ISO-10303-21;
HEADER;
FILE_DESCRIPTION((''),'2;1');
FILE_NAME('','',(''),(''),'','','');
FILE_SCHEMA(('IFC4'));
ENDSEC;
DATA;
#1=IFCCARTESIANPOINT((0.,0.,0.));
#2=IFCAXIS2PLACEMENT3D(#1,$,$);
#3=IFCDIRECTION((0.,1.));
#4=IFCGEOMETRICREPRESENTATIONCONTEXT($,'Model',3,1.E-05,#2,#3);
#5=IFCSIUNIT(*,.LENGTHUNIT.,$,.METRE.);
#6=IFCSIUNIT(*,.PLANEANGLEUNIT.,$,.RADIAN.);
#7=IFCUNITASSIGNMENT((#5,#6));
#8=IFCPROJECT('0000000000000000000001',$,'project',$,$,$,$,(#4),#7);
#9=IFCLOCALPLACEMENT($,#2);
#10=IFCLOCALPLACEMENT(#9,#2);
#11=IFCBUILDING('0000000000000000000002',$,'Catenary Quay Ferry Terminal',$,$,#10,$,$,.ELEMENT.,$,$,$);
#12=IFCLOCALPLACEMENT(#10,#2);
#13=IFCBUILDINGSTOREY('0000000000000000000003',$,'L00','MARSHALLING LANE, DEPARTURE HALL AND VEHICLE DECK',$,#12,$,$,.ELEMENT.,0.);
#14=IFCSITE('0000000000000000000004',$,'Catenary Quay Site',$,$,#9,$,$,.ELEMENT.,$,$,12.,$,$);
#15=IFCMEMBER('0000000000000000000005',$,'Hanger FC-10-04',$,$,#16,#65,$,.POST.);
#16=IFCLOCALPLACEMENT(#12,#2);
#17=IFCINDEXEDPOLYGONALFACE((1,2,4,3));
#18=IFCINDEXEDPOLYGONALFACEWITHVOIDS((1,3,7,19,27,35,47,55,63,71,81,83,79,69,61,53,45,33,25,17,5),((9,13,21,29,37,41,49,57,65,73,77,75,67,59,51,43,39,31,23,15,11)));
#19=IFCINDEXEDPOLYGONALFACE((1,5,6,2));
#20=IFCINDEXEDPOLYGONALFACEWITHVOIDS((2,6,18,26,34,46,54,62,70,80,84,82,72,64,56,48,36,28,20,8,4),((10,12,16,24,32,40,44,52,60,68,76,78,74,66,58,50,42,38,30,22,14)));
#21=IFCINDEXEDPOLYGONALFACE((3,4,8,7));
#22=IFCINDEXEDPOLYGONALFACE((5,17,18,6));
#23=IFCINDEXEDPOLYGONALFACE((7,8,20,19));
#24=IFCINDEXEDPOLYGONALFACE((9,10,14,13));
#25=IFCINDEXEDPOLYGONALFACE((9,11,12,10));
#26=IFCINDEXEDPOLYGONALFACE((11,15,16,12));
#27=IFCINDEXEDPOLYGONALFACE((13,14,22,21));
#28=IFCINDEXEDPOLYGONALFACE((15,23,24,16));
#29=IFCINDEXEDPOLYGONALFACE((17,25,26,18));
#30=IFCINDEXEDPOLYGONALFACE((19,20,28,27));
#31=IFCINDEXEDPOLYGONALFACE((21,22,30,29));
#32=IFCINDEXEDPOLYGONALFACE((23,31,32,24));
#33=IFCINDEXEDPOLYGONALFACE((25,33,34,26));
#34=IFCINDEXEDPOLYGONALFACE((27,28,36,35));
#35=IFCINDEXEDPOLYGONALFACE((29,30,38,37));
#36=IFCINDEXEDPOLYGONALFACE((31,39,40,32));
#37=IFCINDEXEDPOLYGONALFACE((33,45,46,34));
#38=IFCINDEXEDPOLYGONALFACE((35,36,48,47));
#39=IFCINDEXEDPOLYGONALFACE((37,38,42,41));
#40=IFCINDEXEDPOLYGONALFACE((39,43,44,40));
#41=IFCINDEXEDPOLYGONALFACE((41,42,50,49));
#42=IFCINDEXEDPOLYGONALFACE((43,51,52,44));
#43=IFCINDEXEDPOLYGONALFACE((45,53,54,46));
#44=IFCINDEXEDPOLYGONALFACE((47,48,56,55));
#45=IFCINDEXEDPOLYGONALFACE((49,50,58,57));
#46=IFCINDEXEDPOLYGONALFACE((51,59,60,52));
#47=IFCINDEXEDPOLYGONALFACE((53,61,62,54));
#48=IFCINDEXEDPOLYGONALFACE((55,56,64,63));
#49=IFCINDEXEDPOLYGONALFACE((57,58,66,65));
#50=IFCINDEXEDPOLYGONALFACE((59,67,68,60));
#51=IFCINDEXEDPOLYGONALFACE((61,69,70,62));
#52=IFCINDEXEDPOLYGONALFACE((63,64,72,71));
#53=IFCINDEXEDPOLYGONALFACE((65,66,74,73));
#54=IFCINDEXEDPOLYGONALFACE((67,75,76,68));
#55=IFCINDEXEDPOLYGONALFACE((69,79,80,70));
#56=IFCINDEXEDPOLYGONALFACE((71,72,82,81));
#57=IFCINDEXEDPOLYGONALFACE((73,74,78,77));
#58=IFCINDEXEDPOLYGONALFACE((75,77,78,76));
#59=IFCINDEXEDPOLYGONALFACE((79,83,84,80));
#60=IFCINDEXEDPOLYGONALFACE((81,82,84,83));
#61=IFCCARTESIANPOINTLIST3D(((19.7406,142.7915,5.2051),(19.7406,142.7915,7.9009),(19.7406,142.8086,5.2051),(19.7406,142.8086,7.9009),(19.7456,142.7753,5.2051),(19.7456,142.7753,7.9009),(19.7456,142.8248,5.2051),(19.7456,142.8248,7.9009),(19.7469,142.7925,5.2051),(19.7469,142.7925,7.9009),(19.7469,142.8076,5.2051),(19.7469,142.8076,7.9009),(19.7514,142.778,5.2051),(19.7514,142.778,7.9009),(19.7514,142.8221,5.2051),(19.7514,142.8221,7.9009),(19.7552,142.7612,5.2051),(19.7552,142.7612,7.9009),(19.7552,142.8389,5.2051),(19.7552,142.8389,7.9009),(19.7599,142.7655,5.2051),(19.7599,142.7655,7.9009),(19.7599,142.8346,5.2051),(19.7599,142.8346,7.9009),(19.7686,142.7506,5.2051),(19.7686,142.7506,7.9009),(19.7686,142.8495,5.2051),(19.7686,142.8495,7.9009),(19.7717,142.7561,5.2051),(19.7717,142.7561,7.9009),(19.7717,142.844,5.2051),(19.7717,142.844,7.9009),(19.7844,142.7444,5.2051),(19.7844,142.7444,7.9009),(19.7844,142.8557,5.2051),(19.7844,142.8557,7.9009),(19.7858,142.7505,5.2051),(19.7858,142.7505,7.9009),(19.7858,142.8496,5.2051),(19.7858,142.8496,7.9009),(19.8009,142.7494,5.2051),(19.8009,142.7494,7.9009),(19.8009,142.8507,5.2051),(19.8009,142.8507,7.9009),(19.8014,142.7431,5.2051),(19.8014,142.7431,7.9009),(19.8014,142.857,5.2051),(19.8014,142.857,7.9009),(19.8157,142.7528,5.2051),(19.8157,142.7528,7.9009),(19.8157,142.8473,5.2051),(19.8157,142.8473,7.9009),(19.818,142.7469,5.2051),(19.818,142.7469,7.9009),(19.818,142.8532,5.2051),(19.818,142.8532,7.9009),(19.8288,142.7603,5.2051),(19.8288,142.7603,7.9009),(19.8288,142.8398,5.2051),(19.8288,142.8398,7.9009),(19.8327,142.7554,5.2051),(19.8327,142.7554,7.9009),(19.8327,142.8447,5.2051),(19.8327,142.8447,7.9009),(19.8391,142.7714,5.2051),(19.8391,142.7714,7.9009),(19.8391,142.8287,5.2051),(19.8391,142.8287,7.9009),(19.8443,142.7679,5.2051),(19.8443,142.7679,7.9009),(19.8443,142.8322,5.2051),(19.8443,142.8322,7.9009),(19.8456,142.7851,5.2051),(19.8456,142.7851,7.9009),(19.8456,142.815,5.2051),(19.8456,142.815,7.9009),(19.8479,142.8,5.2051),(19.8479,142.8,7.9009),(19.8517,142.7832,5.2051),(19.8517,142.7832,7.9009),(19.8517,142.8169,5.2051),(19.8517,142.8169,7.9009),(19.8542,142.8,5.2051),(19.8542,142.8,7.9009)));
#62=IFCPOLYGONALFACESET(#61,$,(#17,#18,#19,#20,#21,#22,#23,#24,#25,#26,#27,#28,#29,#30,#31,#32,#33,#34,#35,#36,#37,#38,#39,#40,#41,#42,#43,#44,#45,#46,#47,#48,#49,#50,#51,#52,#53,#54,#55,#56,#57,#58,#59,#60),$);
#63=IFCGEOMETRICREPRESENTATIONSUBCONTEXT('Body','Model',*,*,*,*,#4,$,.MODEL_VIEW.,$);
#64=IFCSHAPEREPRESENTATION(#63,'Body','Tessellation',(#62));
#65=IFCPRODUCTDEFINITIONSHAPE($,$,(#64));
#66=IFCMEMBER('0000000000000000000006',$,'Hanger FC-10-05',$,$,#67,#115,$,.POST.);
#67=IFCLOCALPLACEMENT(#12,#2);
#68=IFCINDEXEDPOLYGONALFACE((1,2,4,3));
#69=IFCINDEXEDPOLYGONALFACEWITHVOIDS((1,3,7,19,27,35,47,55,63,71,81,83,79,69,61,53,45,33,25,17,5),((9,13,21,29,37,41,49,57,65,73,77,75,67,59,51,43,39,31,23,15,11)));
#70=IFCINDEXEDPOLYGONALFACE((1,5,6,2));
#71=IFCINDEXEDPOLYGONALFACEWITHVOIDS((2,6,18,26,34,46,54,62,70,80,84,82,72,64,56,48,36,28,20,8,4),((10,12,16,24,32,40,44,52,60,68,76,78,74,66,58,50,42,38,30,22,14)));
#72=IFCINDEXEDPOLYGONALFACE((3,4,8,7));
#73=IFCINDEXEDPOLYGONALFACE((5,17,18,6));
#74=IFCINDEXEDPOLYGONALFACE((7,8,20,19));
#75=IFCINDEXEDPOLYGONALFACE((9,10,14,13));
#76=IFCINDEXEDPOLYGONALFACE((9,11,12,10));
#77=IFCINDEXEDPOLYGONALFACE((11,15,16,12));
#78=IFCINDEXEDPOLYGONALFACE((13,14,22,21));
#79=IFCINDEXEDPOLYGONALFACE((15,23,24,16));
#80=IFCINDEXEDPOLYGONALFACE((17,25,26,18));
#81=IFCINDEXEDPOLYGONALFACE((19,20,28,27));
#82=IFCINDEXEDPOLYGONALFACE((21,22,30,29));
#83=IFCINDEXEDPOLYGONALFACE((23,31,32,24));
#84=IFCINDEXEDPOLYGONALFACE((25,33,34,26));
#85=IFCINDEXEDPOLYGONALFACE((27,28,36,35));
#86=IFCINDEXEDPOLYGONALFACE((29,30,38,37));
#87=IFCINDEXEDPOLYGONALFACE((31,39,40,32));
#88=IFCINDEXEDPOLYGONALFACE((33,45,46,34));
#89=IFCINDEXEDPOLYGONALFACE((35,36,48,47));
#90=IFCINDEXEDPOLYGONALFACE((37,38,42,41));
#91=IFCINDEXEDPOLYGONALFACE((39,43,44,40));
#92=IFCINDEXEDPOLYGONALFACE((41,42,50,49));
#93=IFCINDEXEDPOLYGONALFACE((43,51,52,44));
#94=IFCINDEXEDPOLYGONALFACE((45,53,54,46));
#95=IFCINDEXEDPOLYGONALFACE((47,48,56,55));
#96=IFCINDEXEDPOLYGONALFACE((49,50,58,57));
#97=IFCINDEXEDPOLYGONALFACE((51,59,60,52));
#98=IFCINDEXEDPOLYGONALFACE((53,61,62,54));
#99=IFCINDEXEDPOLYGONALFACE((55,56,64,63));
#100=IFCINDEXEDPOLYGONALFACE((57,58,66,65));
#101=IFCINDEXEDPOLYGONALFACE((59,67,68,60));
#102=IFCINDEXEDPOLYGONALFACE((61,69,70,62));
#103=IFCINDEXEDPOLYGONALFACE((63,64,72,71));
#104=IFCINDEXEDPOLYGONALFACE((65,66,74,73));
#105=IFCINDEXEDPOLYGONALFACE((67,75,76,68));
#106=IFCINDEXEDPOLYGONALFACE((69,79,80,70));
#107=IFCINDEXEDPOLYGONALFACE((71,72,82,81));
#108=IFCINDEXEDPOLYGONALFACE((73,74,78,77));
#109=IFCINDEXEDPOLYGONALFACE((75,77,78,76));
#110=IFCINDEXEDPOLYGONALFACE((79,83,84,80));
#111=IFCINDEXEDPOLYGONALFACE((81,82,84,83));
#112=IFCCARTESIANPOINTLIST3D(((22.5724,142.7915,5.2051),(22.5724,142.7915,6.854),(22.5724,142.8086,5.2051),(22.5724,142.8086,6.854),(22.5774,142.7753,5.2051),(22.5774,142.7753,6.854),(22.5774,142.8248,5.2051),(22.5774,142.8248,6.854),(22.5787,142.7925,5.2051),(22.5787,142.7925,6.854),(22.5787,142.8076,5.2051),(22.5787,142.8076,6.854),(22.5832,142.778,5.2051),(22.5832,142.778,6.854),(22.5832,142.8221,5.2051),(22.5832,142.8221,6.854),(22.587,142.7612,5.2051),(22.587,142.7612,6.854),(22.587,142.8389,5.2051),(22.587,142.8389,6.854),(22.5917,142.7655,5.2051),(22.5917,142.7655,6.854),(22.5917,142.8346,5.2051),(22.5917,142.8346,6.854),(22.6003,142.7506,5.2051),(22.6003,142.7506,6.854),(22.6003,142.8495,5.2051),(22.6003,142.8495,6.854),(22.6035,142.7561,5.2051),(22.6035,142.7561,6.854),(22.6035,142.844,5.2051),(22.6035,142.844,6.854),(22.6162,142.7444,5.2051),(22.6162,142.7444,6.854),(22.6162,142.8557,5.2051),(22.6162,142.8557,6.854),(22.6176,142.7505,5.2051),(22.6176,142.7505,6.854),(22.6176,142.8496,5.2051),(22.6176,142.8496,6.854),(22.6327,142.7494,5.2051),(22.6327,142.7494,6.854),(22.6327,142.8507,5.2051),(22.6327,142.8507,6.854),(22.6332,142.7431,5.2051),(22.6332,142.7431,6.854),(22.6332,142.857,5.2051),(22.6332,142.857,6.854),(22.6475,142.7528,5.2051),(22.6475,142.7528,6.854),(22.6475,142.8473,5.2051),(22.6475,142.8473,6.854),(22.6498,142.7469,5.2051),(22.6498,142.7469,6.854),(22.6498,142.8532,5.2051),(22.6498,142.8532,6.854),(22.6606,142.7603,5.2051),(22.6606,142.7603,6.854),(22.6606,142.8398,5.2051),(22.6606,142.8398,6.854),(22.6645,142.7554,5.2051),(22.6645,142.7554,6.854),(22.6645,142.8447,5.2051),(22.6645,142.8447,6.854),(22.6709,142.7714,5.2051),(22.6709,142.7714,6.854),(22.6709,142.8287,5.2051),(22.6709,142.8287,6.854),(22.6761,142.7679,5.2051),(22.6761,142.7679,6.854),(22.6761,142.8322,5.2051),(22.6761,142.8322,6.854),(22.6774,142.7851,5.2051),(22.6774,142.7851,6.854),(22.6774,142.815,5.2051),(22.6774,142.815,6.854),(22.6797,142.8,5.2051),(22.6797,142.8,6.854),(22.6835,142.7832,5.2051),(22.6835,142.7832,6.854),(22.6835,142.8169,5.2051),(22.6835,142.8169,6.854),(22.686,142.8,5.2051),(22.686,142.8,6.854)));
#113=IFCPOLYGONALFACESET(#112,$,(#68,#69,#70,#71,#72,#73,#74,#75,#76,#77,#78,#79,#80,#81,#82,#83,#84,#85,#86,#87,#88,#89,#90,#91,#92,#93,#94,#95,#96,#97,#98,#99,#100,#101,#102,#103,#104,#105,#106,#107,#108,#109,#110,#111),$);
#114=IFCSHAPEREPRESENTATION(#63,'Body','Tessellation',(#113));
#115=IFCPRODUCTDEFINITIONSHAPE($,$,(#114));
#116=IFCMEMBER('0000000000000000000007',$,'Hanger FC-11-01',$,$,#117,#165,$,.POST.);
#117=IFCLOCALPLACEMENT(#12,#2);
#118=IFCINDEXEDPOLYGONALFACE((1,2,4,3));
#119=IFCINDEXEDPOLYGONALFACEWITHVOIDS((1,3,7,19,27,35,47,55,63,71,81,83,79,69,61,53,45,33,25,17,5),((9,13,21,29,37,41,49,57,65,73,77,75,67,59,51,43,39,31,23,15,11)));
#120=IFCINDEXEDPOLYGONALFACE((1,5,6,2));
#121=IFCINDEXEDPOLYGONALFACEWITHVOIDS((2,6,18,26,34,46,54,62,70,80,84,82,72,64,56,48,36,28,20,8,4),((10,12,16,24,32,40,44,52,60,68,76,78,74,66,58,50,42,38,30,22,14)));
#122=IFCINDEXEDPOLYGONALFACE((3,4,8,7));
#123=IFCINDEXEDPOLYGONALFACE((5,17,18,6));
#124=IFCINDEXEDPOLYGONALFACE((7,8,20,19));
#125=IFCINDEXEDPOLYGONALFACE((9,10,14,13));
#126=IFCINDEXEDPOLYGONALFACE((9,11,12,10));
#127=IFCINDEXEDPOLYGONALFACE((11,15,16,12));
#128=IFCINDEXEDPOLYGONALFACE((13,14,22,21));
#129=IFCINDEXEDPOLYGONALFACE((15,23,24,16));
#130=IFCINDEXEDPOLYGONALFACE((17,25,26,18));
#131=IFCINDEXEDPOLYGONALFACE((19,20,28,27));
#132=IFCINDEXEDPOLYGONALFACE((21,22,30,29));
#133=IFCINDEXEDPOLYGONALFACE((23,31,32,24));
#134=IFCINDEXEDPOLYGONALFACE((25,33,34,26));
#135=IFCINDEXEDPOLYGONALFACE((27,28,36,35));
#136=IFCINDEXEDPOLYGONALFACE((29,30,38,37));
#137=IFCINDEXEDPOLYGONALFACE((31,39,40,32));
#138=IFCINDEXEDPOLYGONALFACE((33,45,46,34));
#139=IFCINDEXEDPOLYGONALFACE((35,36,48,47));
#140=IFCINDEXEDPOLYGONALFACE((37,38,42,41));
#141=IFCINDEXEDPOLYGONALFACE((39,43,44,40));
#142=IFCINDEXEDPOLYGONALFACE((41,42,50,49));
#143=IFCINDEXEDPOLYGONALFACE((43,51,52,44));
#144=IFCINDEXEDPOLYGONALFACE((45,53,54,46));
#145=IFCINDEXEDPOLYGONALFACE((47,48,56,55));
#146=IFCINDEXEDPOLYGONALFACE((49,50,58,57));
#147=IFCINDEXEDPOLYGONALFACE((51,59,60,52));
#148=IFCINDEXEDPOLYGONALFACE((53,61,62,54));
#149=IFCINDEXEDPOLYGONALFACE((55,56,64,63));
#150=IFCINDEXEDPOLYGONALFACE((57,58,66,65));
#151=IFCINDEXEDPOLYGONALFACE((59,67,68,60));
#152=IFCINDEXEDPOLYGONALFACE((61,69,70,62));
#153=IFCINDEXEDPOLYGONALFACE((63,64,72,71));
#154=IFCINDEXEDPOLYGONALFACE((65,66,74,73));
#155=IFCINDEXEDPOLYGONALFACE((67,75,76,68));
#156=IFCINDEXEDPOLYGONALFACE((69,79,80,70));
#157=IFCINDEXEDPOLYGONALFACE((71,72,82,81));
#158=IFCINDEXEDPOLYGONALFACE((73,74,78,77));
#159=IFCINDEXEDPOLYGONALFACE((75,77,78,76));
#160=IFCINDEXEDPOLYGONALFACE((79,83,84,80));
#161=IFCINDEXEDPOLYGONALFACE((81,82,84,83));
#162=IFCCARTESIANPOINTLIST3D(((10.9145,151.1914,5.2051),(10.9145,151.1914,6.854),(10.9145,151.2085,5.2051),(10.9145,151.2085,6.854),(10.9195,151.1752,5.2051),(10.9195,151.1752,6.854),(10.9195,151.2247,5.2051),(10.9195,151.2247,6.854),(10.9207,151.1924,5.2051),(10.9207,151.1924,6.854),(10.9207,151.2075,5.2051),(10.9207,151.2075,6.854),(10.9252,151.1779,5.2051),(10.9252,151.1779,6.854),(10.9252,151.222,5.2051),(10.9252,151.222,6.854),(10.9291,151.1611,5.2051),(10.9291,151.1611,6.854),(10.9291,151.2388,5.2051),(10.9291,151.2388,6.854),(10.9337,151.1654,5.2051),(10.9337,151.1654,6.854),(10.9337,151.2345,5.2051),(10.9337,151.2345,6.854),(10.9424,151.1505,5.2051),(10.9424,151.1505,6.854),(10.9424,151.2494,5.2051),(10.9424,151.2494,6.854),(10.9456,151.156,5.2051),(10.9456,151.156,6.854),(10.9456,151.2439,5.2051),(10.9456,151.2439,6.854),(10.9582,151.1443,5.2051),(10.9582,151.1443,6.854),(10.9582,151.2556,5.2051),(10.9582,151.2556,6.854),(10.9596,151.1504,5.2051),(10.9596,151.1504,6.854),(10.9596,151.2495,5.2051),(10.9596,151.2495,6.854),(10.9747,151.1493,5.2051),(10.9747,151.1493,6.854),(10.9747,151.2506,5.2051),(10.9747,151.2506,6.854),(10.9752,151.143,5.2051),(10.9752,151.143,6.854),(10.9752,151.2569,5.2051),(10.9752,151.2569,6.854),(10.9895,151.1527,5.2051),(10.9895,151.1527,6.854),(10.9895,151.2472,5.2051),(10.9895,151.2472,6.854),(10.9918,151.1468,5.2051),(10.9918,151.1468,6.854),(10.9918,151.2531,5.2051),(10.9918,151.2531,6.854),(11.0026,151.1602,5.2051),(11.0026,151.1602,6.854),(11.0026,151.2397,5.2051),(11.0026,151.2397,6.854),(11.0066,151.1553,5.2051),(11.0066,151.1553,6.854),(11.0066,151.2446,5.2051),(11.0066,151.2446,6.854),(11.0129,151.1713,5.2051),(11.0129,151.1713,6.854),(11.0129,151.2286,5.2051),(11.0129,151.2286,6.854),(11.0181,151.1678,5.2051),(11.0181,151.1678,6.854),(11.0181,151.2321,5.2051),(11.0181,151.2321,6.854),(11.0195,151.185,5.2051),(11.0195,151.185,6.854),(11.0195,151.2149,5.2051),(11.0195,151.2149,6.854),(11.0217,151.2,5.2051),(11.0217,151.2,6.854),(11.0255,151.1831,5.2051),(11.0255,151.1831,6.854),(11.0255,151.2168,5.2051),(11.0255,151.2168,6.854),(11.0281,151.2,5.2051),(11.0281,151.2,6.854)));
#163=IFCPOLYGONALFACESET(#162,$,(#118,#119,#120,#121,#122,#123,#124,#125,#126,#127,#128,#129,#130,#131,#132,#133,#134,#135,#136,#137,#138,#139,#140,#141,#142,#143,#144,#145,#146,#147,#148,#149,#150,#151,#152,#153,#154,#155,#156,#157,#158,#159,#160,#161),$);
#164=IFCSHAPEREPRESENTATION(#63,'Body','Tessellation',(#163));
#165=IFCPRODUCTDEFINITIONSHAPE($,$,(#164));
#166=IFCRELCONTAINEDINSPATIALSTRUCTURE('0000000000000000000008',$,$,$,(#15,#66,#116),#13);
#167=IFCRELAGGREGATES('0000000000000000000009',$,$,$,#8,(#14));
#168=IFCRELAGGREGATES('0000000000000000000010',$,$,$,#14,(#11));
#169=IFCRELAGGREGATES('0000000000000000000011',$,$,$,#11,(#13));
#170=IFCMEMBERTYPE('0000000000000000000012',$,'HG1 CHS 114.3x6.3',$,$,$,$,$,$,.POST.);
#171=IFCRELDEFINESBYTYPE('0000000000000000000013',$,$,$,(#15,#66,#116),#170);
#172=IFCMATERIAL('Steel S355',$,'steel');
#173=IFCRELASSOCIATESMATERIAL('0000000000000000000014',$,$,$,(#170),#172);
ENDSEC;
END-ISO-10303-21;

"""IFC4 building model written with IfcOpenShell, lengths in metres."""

from ifc_helpers import new_model, si_unit, direction, frame, origin, origin_2d, place, context, subcontext, project, spatial, hollow_circle, extrude, material, material_profile, profile_set, type_object, element, save


model = new_model("IFC4")

# Units and contexts
model_context = context("Model", 3, precision=1e-05, world=origin(), true_north=direction((0.0, 1.0)))
body_context = subcontext(model_context, "Body", "Model", "MODEL_VIEW")
ifc_project = project(units=[si_unit("LENGTHUNIT", "METRE"), si_unit("PLANEANGLEUNIT", "RADIAN")], contexts=[model_context])

# Site, building, storey
site_placement = place(None, origin())
site = spatial("IfcSite", under=ifc_project, at=site_placement, Name="Catenary Quay Site", CompositionType="ELEMENT", RefElevation=12.0)
building_placement = place(site_placement, origin())
building = spatial("IfcBuilding", under=site, at=building_placement, Name="Catenary Quay Ferry Terminal", CompositionType="ELEMENT")
storey_placement = place(building_placement, origin())
storey = spatial("IfcBuildingStorey", under=building, at=storey_placement, Name="L00", Description="MARSHALLING LANE, DEPARTURE HALL AND VEHICLE DECK", CompositionType="ELEMENT", Elevation=0.0)

# Members
ifc_material_1 = material(Name="Steel S355", Category="steel")
ifc_material_profile_1 = material_profile(ifc_material_1, hollow_circle(Radius=0.0571, WallThickness=0.0063, at=origin_2d()), Name="CHS 114.3x6.3")
ifc_profile_set_1 = profile_set([ifc_material_profile_1], Name="Steel S355")
member_type_1 = type_object("IfcMemberType", Name="HG1 CHS 114.3x6.3", PredefinedType="POST", material=ifc_profile_set_1)
member_1_placement = place(storey_placement, frame((19.7971, 142.8, 5.2051), z_axis=(0.0, 0.0, 1.0), x_axis=(1.0, 0.0, 0.0)))
element("IfcMember", 1, at=member_1_placement, inside=storey, type_object=member_type_1, Name="Hanger FC-10-04", PredefinedType="POST", context=body_context, shape_type="SweptSolid", body=[
    extrude(hollow_circle(Radius=0.0571, WallThickness=0.0063, at=origin_2d()), origin(), (0.0, 0.0, 1.0), 2.6958),
])
for number, where, z_axis, x_axis, name in (
    (2, (22.6289, 142.8, 5.2051), (0.0, 0.0, 1.0), (1.0, 0.0, 0.0), "Hanger FC-10-05"),
    (3, (10.9709, 151.2, 5.2051), (0.0, 0.0, 1.0), (1.0, 0.0, 0.0), "Hanger FC-11-01"),
):
    element("IfcMember", number, at=place(storey_placement, frame(where, z_axis=z_axis, x_axis=x_axis)), inside=storey, type_object=member_type_1, Name=name, PredefinedType="POST", context=body_context, shape_type="SweptSolid", body=[
        extrude(hollow_circle(Radius=0.0571, WallThickness=0.0063, at=origin_2d()), origin(), (0.0, 0.0, 1.0), 1.6489),
    ])

save(model, "model.ifc")
